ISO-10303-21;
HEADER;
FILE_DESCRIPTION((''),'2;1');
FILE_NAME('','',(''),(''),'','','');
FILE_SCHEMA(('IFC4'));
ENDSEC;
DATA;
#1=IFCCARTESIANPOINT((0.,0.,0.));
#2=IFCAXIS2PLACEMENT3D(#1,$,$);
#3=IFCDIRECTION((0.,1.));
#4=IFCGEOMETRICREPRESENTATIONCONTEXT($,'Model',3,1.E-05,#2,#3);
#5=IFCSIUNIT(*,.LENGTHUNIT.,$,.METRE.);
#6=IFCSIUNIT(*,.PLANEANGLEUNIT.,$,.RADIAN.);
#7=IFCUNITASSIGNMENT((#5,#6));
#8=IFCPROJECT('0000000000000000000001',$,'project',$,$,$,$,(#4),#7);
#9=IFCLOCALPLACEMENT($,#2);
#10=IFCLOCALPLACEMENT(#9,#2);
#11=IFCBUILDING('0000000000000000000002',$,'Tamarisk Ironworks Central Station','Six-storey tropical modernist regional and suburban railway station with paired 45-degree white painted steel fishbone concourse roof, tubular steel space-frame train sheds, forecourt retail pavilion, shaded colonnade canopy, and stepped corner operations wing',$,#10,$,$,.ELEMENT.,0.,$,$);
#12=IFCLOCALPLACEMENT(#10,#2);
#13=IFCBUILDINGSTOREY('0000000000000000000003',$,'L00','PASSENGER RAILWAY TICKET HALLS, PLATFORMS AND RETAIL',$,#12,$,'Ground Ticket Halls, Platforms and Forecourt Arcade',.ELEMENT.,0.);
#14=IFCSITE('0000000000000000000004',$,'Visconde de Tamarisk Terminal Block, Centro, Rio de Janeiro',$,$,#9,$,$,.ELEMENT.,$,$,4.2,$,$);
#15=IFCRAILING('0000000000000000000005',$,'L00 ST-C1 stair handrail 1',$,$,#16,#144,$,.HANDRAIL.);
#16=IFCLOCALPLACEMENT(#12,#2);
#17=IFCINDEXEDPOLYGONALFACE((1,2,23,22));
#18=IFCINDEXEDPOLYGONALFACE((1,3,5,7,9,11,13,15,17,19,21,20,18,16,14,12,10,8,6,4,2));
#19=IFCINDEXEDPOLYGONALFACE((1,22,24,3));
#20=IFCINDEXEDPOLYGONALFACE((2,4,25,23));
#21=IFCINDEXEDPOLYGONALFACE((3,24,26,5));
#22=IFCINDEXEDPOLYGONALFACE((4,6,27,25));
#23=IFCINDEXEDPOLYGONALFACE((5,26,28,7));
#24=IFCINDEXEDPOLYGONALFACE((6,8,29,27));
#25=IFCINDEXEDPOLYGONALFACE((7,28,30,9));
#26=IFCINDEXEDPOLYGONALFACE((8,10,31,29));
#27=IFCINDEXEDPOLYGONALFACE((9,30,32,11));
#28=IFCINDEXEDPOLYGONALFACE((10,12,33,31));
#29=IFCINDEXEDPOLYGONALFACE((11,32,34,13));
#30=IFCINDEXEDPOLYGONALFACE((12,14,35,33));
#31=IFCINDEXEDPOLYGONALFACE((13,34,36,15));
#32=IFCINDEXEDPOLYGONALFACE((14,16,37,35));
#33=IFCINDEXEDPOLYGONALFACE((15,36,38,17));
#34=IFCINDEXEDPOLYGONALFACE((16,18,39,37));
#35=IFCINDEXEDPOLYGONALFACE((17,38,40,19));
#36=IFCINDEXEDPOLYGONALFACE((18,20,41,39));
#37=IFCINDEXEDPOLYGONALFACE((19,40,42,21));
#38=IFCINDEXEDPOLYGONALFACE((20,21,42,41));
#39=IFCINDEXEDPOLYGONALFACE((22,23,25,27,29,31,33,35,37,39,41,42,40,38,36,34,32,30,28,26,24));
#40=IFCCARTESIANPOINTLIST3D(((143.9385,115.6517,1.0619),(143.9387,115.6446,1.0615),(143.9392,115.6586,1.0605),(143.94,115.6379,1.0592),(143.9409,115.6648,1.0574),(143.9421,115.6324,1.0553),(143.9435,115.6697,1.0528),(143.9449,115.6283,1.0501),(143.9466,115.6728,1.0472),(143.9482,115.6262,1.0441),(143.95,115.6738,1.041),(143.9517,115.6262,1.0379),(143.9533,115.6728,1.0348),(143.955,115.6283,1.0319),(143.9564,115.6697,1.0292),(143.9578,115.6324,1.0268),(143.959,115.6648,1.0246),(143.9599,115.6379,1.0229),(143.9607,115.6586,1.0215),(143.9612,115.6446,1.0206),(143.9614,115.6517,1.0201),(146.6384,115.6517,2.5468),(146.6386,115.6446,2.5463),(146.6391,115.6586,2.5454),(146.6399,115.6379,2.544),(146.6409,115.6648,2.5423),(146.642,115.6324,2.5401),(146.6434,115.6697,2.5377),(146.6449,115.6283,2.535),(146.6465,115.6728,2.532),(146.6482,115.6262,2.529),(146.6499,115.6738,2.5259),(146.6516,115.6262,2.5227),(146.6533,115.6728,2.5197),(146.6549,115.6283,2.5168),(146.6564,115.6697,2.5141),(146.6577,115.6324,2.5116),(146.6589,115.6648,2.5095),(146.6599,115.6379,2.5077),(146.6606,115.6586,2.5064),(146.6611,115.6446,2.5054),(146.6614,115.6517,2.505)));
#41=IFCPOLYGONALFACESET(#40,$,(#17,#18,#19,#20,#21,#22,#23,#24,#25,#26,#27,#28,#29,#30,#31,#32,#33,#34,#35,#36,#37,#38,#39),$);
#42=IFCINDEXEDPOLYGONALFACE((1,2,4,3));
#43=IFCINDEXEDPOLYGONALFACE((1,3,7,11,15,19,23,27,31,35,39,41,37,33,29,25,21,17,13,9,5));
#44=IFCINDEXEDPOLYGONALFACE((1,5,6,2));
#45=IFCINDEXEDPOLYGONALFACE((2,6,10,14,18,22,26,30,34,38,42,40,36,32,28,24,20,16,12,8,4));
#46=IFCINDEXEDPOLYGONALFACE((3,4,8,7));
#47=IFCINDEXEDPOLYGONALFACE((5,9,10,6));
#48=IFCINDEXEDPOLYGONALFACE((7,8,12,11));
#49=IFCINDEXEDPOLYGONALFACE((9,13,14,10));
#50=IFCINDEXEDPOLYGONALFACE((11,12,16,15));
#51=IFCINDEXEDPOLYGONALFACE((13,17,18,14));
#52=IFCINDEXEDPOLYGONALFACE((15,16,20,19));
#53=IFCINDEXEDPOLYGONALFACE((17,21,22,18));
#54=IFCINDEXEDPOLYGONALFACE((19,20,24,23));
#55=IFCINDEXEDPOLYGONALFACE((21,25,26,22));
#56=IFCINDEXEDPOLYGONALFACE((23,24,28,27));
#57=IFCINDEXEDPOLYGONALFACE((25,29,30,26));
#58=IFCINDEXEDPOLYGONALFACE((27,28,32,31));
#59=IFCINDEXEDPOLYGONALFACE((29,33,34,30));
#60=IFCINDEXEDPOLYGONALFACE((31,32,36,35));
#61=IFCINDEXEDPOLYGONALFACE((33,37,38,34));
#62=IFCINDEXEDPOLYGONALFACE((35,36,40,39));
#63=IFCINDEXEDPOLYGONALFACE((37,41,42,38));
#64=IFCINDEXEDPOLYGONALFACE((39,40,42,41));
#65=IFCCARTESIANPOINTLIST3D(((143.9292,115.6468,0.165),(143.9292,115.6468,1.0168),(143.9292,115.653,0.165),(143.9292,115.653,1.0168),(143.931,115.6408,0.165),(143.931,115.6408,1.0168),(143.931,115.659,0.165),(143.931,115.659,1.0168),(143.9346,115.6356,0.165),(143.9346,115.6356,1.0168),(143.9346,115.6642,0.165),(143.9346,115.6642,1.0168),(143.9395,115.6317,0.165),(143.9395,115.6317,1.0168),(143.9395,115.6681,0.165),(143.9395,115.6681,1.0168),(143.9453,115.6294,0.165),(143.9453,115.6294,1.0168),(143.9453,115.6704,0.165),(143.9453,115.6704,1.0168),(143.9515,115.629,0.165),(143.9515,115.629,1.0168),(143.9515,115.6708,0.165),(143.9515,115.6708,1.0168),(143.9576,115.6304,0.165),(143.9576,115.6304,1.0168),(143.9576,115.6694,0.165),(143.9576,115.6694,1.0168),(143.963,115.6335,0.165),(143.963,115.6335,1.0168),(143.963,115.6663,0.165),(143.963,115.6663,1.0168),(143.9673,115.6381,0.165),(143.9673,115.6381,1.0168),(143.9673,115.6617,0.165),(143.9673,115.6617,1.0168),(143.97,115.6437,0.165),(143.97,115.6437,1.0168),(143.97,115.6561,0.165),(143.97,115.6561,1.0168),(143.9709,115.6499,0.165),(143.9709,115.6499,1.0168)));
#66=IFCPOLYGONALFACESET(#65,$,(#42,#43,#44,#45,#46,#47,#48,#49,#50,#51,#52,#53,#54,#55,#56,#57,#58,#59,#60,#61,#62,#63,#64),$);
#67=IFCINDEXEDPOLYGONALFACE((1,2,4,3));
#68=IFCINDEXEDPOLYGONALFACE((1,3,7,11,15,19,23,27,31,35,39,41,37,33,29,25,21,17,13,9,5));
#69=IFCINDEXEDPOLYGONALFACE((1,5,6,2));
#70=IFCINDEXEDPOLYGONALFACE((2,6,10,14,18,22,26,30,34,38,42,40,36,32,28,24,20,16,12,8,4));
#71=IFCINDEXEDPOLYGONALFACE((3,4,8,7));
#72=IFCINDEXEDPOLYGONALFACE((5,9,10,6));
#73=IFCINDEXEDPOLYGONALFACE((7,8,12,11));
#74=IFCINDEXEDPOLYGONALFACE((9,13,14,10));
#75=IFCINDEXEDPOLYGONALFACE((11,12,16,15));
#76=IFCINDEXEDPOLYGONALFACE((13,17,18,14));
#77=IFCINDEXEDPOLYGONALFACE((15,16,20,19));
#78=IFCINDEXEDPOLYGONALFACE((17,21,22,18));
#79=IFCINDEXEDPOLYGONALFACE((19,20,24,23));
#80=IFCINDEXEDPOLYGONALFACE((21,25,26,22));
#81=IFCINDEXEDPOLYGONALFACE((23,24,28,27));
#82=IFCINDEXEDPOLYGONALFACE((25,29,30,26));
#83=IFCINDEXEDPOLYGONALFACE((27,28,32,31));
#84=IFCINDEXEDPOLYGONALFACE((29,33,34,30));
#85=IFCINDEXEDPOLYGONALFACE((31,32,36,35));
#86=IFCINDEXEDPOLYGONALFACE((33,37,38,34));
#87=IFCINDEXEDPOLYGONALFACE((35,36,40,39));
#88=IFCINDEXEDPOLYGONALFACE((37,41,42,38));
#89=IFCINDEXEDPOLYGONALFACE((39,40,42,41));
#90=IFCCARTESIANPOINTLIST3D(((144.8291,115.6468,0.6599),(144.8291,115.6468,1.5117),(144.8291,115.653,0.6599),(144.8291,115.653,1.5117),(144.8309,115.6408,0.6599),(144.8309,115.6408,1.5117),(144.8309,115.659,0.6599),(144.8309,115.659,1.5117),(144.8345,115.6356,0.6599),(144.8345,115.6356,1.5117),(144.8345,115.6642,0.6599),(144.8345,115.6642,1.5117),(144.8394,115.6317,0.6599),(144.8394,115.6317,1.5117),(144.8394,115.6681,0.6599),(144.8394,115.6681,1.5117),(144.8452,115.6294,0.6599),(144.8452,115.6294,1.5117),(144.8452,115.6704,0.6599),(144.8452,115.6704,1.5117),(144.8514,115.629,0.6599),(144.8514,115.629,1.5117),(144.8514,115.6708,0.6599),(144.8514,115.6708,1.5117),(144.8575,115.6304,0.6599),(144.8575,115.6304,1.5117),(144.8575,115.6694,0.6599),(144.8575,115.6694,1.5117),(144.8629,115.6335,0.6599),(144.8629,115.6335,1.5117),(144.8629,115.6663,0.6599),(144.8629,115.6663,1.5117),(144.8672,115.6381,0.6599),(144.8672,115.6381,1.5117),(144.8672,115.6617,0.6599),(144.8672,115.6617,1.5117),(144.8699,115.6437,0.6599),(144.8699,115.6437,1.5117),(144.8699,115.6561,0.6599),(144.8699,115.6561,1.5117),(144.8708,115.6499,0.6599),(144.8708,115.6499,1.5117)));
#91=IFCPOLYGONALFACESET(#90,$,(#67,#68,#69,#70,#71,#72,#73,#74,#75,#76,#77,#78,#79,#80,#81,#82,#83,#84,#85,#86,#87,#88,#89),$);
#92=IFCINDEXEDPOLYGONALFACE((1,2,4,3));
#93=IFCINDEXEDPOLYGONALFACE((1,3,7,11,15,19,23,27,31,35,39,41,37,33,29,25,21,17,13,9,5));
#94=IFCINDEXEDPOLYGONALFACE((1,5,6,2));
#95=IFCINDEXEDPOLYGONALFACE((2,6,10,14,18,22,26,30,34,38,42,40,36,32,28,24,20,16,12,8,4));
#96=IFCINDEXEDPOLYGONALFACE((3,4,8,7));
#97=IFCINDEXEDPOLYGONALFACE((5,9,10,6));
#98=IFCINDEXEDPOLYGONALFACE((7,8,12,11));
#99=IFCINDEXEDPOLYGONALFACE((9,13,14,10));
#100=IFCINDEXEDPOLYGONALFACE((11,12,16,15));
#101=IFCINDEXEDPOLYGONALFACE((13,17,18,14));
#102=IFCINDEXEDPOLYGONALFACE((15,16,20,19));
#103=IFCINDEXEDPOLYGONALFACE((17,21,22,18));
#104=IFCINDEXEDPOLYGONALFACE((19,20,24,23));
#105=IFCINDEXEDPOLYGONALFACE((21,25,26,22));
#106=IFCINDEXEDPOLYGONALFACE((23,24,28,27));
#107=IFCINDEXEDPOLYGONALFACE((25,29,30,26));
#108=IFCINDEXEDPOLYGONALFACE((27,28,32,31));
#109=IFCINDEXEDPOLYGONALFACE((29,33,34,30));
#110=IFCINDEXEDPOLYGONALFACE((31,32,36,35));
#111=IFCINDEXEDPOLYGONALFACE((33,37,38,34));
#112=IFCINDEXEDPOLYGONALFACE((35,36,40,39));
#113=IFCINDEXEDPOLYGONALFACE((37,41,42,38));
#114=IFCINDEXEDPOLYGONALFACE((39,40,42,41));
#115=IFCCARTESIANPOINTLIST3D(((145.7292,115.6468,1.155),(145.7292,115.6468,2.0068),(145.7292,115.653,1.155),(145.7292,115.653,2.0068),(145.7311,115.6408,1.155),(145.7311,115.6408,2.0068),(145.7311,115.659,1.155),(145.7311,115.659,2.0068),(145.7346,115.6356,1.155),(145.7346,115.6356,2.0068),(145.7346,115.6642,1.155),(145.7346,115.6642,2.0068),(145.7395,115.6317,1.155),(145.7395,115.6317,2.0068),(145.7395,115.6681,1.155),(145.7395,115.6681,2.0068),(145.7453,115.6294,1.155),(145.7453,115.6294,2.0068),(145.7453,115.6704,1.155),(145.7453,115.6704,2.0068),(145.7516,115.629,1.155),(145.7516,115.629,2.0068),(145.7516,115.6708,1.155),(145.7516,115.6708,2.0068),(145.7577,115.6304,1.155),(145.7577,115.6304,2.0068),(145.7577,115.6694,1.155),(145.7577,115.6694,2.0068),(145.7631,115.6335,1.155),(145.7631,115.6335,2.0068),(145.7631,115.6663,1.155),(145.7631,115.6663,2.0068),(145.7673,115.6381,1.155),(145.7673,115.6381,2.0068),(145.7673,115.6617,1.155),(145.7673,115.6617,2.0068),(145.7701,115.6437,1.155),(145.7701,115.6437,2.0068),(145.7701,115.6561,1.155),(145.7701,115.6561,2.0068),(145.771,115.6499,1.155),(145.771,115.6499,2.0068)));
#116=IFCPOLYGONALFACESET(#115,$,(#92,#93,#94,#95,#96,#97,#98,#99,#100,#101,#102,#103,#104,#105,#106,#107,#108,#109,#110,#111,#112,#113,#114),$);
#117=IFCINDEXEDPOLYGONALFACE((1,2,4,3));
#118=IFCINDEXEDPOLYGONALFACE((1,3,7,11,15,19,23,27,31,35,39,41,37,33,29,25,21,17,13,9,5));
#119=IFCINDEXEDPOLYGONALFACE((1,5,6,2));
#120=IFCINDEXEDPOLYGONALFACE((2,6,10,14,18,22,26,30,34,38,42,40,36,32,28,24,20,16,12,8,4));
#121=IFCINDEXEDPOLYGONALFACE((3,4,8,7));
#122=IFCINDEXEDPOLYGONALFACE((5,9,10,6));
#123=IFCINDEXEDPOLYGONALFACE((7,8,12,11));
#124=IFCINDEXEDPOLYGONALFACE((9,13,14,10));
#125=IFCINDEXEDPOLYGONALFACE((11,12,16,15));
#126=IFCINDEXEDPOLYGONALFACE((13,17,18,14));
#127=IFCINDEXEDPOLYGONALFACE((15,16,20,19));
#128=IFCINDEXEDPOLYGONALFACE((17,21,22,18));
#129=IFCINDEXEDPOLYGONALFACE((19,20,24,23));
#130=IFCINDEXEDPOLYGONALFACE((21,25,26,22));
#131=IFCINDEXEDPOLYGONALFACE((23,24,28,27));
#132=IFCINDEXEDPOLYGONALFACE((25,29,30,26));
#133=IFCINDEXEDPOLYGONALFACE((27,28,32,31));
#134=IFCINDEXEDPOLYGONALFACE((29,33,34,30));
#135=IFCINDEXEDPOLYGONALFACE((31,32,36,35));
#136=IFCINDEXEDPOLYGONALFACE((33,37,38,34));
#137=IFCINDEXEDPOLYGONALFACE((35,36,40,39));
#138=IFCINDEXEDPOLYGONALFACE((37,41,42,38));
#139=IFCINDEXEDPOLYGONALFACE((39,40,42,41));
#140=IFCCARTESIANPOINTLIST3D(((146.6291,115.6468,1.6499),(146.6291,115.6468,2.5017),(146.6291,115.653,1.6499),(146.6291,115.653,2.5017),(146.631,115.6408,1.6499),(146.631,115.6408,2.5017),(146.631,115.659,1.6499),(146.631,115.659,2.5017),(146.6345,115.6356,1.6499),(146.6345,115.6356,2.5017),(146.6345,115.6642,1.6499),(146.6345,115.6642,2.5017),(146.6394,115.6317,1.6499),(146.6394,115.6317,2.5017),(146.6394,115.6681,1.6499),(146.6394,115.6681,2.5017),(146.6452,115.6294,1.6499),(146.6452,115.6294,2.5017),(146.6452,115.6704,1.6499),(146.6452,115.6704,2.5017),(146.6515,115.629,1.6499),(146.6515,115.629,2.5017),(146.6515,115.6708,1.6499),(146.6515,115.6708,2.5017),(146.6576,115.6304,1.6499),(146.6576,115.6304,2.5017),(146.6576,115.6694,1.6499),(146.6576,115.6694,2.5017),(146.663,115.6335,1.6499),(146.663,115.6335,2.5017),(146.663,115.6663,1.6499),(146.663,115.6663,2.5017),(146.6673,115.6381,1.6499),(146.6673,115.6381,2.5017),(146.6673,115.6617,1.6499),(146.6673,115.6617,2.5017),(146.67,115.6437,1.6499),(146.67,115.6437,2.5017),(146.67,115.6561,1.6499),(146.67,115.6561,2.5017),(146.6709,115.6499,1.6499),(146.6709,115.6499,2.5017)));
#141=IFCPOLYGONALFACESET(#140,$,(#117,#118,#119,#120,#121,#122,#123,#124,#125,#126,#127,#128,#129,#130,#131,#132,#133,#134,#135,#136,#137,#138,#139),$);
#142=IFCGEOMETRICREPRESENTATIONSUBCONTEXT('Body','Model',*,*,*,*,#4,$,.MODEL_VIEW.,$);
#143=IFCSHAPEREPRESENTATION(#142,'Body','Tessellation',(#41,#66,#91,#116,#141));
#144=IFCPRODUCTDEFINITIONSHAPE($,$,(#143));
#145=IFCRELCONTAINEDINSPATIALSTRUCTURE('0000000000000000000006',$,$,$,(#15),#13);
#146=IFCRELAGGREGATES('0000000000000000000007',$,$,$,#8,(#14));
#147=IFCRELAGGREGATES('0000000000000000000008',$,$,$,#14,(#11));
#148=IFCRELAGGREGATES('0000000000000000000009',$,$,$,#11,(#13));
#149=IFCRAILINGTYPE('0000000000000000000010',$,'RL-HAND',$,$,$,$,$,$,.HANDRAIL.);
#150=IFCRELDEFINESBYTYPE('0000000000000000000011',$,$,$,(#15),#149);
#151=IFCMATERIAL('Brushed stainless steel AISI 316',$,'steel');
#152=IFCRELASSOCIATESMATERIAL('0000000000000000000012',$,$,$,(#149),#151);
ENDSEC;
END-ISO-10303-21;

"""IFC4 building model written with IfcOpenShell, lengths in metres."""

from ifc_helpers import new_model, si_unit, direction, frame, origin, origin_2d, place, context, subcontext, project, spatial, circle, extrude, material, type_object, element, save


model = new_model("IFC4")

# Units and contexts
model_context = context("Model", 3, precision=1e-05, world=origin(), true_north=direction((0.0, 1.0)))
body_context = subcontext(model_context, "Body", "Model", "MODEL_VIEW")
ifc_project = project(units=[si_unit("LENGTHUNIT", "METRE"), si_unit("PLANEANGLEUNIT", "RADIAN")], contexts=[model_context])

# Site, building, storey
site_placement = place(None, origin())
site = spatial("IfcSite", under=ifc_project, at=site_placement, Name="Visconde de Tamarisk Terminal Block, Centro, Rio de Janeiro", CompositionType="ELEMENT", RefElevation=4.2)
building_placement = place(site_placement, origin())
building = spatial("IfcBuilding", under=site, at=building_placement, Name="Tamarisk Ironworks Central Station", Description="Six-storey tropical modernist regional and suburban railway station with paired 45-degree white painted steel fishbone concourse roof, tubular steel space-frame train sheds, forecourt retail pavilion, shaded colonnade canopy, and stepped corner operations wing", CompositionType="ELEMENT", ElevationOfRefHeight=0.0)
storey_placement = place(building_placement, origin())
storey = spatial("IfcBuildingStorey", under=building, at=storey_placement, Name="L00", Description="PASSENGER RAILWAY TICKET HALLS, PLATFORMS AND RETAIL", LongName="Ground Ticket Halls, Platforms and Forecourt Arcade", CompositionType="ELEMENT", Elevation=0.0)

# Railing
ifc_material_1 = material(Name="Brushed stainless steel AISI 316", Category="steel")
railing_type_1 = type_object("IfcRailingType", Name="RL-HAND", PredefinedType="HANDRAIL", material=ifc_material_1)
for number, where, name in (
    (1, (143.95, 115.6499, 0.165), "L00 ST-C1 stair handrail 1"),
):
    element("IfcRailing", number, at=place(storey_placement, frame(where)), inside=storey, type_object=railing_type_1, Name=name, PredefinedType="HANDRAIL", context=body_context, shape_type="SweptSolid", body=[
        extrude(circle(Radius=0.0239, at=origin_2d()), frame((0.0, 0.0, 0.876), z_axis=(0.876231, 0.0, 0.481891), x_axis=(0.0, 1.0, 0.0)), (0.0, 0.0, 1.0), 3.0813),
        extrude(circle(Radius=0.021, at=origin_2d()), origin(), (0.0, 0.0, 1.0), 0.8518),
        extrude(circle(Radius=0.021, at=origin_2d()), frame((0.8999, 0.0, 0.4949)), (0.0, 0.0, 1.0), 0.8518),
        extrude(circle(Radius=0.021, at=origin_2d()), frame((1.8, 0.0, 0.99)), (0.0, 0.0, 1.0), 0.8518),
        extrude(circle(Radius=0.021, at=origin_2d()), frame((2.7, 0.0, 1.4849)), (0.0, 0.0, 1.0), 0.8518),
    ])

save(model, "model.ifc")
